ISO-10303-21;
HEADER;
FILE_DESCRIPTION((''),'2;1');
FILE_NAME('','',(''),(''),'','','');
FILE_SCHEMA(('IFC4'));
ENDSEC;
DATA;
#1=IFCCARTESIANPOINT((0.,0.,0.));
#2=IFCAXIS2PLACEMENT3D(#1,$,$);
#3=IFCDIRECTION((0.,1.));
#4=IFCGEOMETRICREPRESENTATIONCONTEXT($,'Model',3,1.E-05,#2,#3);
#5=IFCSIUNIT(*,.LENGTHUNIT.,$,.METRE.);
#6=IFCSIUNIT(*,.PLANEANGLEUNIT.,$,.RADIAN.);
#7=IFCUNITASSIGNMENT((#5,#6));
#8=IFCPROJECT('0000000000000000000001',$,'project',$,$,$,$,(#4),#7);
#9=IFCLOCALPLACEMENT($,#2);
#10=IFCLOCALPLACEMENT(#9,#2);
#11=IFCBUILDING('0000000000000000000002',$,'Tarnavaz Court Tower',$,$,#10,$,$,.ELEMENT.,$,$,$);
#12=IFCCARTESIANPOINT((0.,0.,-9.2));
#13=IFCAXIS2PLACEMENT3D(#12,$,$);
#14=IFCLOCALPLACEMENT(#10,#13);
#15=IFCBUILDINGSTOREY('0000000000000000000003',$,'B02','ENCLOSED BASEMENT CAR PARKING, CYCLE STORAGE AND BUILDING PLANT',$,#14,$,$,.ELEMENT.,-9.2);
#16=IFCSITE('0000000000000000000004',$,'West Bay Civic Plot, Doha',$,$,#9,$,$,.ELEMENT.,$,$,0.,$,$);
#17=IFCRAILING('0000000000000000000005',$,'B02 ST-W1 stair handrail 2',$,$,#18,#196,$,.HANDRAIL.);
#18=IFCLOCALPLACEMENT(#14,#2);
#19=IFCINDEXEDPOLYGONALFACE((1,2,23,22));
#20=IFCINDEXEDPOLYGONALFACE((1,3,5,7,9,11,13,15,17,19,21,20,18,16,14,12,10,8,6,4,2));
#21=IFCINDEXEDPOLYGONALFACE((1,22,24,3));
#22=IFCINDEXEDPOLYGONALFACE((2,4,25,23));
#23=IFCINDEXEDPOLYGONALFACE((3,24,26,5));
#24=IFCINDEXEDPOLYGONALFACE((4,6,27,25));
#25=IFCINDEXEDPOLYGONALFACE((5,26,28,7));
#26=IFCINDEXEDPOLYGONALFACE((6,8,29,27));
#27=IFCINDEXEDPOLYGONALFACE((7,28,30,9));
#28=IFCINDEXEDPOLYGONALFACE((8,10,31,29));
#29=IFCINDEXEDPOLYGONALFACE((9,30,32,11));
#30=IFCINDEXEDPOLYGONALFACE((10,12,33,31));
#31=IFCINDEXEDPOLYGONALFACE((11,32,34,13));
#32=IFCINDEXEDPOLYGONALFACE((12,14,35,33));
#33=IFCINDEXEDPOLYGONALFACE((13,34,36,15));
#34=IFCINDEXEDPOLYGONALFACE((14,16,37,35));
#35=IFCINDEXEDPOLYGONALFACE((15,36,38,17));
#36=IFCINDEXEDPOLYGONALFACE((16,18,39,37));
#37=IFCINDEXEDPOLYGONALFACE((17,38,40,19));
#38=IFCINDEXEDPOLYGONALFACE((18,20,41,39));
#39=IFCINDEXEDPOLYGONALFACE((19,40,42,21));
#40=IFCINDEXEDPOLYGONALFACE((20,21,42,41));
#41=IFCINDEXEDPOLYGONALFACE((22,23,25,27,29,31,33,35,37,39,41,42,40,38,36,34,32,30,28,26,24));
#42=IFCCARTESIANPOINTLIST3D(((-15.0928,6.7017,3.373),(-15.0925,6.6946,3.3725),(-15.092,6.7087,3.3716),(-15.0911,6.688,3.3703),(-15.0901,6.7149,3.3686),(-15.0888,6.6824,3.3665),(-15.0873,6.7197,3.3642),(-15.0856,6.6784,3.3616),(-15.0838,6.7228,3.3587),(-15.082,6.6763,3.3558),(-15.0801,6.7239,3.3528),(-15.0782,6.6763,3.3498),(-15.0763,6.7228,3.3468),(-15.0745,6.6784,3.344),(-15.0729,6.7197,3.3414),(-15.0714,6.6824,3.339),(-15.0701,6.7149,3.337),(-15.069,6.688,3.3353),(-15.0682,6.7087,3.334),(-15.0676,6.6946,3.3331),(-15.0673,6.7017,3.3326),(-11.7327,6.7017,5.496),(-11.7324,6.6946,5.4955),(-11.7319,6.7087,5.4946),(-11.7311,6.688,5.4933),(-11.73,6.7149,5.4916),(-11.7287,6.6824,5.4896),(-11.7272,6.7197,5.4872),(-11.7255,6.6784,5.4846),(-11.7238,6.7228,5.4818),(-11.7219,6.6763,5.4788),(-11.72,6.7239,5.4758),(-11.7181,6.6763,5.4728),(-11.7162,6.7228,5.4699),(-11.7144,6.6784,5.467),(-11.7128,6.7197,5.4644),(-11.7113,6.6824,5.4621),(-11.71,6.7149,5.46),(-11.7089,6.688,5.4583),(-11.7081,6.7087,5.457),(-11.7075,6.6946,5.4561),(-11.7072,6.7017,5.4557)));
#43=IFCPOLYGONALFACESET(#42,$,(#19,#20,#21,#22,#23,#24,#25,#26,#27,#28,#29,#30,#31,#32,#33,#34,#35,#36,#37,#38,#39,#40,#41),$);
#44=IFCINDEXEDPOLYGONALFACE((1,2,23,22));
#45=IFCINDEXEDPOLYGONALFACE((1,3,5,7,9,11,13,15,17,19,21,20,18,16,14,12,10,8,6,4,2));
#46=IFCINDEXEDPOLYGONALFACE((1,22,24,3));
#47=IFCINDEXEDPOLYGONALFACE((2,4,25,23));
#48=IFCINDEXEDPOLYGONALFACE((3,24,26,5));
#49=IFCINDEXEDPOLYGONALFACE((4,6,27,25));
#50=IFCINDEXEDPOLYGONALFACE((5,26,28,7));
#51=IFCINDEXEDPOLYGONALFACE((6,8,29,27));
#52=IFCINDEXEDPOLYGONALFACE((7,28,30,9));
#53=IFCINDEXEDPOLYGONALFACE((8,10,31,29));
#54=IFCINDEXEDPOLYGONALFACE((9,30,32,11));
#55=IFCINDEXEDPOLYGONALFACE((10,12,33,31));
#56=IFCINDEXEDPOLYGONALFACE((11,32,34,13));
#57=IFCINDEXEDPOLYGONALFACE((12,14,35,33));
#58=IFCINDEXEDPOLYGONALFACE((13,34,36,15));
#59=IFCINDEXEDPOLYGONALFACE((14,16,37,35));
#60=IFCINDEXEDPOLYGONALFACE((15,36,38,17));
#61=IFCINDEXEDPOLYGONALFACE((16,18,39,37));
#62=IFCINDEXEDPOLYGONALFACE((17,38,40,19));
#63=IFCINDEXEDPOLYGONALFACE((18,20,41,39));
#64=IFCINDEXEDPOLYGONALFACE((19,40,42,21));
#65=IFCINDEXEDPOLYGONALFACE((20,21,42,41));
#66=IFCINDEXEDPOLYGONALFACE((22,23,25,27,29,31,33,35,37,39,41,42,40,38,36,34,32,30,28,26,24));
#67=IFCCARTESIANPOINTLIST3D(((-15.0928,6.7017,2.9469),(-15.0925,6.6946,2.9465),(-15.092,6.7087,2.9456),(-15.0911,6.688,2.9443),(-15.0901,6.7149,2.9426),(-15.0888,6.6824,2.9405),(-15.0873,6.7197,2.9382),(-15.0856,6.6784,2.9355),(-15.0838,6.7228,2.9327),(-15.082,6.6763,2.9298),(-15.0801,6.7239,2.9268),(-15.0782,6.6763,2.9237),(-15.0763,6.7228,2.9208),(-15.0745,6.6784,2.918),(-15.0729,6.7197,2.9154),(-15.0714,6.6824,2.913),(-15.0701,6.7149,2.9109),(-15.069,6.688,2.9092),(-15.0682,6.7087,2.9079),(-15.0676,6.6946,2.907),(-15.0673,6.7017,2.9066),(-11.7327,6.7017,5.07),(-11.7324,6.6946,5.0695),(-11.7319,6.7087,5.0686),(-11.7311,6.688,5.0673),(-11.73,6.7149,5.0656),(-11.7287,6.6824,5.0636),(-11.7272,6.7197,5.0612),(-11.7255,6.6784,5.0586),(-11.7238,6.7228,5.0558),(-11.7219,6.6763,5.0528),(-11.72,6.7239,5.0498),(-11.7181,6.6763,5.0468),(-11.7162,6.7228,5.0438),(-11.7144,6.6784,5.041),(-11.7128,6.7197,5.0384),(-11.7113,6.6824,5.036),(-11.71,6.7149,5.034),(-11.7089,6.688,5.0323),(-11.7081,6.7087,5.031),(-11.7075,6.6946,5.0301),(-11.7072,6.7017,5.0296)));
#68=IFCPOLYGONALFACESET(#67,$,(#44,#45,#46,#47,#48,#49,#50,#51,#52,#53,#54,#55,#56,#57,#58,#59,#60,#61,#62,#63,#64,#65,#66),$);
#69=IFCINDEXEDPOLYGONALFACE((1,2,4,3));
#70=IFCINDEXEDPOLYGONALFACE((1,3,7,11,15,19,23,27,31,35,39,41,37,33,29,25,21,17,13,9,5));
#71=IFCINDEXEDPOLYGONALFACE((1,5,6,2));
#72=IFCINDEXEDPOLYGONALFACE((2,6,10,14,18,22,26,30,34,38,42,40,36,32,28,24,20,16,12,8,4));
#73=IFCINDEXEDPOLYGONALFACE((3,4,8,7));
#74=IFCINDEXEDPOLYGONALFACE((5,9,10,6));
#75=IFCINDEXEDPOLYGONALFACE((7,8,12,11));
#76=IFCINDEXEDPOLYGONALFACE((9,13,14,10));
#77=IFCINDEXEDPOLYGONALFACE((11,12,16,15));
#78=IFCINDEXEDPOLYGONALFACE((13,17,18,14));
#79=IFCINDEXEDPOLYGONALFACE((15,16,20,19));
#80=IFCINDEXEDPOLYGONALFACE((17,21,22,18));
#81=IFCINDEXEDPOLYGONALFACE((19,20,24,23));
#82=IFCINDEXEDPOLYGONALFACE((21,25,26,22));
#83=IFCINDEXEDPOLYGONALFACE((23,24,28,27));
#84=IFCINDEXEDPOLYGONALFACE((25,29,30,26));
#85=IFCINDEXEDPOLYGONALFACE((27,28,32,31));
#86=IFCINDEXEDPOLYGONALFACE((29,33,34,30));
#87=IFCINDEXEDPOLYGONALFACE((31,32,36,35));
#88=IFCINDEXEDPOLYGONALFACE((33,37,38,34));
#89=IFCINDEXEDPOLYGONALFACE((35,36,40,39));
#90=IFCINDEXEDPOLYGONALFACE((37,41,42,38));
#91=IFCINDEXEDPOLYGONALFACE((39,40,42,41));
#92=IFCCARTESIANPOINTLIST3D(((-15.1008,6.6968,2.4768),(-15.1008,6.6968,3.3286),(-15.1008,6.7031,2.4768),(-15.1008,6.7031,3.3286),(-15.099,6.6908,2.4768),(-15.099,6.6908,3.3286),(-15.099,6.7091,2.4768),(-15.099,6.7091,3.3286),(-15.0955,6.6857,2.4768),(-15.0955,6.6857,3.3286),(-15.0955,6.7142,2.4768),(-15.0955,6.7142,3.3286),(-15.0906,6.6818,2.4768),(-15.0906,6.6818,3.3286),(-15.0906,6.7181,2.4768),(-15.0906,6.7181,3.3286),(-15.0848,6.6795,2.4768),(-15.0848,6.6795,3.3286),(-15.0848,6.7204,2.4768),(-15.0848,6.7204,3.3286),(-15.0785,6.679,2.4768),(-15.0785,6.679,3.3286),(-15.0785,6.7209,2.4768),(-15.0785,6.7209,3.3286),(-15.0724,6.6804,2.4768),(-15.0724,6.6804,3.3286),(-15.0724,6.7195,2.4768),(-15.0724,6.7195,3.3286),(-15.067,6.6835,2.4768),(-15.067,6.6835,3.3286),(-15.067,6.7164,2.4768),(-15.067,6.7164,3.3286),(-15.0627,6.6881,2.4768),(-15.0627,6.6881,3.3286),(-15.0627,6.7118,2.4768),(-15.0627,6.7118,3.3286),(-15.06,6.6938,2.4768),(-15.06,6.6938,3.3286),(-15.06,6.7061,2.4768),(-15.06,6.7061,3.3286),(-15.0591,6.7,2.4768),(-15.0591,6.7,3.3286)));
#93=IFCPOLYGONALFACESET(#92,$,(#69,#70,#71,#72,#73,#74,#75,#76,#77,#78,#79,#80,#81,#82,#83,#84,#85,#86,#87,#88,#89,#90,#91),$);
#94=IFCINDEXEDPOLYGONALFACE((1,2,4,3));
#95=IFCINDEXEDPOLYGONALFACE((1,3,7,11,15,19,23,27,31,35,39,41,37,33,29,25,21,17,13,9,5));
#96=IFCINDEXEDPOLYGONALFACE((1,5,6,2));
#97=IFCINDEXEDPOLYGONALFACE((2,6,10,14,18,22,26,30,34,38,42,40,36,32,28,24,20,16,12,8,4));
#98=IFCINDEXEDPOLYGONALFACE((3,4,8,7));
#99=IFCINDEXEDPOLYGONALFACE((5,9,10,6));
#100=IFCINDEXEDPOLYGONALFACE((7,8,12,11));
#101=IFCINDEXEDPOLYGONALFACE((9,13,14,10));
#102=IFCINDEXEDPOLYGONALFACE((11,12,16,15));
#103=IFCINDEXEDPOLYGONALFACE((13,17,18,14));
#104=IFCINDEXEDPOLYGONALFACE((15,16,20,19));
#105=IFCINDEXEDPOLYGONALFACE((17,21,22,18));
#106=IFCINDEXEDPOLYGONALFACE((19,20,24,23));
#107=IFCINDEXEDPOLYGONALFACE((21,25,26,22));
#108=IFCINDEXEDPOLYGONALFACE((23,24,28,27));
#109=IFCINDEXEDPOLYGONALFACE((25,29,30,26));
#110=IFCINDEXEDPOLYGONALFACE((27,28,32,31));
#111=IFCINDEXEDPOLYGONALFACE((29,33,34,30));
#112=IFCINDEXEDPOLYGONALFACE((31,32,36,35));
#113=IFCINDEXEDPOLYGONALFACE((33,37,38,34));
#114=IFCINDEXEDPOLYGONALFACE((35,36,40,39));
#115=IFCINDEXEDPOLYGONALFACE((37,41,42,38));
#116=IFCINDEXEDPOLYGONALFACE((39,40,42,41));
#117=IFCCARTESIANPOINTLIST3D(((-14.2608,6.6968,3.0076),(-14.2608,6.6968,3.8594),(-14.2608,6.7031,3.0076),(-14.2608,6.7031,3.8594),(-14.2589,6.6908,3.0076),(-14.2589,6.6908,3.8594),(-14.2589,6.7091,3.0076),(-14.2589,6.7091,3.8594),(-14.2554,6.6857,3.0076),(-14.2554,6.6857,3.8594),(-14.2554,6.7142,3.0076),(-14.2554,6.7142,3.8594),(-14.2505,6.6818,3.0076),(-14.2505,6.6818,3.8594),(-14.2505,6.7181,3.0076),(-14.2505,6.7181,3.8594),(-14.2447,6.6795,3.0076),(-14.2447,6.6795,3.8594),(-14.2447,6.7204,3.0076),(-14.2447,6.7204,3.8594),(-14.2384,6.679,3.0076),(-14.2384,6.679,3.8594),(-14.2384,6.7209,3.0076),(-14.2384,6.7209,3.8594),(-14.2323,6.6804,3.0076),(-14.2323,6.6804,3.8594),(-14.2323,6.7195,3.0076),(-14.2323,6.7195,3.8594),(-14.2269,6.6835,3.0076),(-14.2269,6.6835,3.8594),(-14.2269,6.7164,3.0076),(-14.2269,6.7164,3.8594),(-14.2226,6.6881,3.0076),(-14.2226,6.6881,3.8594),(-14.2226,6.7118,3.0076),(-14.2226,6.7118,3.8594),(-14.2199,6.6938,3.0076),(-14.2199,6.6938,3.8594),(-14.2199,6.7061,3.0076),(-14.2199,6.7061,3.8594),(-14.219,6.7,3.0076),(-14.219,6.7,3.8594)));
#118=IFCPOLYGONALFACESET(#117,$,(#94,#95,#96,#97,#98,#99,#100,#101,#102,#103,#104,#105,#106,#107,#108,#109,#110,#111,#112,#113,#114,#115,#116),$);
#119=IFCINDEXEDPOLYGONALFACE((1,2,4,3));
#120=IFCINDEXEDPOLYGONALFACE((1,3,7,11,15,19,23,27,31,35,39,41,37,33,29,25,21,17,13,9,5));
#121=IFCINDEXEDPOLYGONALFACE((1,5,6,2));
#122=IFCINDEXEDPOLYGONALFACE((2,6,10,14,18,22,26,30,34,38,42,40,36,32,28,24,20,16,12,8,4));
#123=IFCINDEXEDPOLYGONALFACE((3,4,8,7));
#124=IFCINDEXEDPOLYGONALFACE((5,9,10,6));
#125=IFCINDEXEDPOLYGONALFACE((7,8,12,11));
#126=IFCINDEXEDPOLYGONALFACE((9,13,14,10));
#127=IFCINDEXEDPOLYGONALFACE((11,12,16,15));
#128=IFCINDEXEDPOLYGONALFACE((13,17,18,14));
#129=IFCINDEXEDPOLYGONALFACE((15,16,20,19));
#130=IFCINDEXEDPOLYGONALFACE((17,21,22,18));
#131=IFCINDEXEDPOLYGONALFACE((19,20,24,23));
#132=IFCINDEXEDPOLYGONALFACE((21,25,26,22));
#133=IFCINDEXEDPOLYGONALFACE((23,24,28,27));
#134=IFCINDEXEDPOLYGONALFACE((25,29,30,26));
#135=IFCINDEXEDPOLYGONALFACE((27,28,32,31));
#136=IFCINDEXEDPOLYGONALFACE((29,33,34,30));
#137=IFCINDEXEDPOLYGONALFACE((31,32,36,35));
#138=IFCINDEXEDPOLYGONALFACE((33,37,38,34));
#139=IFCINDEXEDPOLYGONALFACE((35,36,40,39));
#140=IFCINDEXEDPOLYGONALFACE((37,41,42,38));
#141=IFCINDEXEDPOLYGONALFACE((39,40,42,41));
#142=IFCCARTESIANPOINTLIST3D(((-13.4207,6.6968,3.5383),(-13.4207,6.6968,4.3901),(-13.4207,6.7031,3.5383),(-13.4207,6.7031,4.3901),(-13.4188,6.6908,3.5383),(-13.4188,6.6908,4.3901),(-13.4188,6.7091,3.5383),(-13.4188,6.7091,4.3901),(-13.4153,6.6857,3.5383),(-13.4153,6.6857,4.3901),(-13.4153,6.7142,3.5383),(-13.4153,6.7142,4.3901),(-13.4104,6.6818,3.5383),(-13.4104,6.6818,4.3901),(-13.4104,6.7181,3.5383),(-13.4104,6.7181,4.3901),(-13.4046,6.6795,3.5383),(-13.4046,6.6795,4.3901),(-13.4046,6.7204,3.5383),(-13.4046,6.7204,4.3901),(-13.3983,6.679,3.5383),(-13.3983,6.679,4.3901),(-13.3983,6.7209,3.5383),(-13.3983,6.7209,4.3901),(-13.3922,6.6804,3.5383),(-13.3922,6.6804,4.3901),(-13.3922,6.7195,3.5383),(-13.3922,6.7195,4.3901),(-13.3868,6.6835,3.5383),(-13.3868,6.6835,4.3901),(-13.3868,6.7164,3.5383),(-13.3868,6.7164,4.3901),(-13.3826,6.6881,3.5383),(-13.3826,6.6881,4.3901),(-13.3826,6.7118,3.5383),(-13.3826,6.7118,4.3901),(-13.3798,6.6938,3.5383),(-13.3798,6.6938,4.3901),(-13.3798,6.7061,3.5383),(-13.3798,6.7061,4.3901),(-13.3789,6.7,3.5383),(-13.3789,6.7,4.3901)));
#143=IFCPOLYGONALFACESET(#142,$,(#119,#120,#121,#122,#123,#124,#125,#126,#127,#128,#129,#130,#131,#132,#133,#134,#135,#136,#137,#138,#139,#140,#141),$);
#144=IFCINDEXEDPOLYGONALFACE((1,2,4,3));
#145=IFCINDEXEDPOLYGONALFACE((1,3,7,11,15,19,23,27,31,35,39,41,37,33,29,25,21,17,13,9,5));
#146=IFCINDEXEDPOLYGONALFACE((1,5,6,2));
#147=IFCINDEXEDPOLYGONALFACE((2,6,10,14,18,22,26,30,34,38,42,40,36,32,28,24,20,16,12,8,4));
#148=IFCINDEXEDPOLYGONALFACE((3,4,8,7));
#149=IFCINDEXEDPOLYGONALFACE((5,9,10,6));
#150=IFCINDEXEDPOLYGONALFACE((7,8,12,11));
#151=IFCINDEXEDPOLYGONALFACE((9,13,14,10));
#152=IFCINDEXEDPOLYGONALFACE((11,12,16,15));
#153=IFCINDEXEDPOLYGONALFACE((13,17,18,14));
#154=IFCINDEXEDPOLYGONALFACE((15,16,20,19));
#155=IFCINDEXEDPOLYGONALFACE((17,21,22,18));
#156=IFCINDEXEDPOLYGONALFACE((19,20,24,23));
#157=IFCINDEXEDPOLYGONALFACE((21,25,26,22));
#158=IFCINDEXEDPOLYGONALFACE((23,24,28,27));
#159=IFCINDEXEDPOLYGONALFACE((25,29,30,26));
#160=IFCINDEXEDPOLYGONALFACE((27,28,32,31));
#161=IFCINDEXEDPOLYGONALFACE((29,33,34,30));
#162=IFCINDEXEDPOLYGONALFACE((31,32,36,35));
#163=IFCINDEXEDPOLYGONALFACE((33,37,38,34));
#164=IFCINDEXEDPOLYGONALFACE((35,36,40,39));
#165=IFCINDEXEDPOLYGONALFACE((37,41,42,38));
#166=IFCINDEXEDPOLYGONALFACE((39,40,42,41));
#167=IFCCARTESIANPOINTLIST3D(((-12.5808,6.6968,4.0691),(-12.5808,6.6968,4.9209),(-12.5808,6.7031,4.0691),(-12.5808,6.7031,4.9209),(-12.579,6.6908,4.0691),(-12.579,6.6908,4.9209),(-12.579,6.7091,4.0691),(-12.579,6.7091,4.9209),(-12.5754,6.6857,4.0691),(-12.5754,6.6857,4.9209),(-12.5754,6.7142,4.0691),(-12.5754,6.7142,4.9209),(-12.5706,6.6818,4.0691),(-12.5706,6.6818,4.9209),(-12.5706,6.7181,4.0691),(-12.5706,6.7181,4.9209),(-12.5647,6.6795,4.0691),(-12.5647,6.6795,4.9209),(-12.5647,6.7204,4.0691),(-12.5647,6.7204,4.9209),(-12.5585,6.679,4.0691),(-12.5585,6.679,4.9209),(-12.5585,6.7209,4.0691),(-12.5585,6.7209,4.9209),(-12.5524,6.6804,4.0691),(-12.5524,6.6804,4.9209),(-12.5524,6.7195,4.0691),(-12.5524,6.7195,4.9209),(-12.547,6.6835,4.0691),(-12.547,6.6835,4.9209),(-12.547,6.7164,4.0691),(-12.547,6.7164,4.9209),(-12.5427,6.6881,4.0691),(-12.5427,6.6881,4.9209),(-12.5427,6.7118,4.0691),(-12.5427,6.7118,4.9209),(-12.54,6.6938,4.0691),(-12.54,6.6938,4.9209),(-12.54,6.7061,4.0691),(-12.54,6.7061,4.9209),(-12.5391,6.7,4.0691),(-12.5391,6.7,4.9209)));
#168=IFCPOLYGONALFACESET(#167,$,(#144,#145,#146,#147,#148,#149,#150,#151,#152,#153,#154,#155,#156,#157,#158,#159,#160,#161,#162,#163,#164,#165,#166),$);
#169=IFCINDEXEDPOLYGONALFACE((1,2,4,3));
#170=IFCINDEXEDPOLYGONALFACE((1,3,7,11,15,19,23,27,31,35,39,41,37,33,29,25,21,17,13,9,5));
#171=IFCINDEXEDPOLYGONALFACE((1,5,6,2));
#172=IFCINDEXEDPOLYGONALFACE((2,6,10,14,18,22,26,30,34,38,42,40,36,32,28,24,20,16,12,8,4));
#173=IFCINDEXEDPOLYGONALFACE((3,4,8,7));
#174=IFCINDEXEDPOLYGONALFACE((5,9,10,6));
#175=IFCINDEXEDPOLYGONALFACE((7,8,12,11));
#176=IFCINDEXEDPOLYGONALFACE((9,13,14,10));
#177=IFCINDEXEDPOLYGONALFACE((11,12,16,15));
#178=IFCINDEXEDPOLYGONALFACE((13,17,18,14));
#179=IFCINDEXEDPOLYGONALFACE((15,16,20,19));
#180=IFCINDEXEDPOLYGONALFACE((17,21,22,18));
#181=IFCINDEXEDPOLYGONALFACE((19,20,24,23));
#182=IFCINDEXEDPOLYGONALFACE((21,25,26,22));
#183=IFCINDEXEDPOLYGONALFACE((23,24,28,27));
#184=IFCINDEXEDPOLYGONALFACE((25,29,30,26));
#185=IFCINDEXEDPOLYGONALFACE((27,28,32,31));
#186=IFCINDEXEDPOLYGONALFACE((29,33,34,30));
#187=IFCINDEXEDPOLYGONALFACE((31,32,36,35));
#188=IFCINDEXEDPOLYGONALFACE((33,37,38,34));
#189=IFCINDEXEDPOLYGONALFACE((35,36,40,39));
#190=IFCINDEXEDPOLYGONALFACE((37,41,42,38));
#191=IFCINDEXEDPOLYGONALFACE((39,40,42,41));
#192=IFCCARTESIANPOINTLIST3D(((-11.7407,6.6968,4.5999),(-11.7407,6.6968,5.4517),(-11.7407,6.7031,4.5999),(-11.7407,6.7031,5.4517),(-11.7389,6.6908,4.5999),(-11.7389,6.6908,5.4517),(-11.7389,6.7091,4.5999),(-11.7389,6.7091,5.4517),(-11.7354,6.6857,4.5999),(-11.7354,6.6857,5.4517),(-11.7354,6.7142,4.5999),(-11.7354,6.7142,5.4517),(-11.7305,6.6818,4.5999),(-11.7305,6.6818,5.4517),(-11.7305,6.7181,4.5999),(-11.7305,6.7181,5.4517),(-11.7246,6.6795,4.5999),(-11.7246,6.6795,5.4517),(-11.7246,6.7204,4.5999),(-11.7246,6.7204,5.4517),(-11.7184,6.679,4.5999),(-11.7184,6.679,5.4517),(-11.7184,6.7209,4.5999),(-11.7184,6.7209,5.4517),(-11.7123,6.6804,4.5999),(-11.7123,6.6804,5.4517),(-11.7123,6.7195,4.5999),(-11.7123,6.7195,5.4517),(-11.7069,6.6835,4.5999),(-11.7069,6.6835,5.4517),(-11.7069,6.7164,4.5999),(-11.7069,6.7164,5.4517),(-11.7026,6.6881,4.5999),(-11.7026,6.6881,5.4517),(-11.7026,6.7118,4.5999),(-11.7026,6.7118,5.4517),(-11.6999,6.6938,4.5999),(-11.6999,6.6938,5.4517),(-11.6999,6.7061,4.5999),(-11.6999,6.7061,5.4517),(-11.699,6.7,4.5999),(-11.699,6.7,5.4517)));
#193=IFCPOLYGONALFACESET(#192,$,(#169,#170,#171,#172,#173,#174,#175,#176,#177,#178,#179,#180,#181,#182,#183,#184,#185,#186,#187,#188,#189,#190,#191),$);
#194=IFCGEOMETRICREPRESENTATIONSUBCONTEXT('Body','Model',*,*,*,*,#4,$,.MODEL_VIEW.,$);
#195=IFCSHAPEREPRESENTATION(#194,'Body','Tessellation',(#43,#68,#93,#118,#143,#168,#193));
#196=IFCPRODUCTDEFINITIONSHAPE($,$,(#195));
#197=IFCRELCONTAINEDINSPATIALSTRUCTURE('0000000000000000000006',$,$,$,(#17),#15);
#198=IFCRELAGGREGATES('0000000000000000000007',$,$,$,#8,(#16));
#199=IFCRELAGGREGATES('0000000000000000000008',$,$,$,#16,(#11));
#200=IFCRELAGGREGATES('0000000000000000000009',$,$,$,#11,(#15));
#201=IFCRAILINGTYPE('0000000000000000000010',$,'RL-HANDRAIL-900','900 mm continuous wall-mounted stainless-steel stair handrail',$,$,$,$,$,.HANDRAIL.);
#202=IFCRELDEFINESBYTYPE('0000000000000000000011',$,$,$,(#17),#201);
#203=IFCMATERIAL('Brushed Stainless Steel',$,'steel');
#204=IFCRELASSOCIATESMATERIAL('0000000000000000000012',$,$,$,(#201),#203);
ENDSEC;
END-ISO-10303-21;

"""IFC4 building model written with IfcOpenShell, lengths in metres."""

from ifc_helpers import new_model, si_unit, direction, frame, origin, origin_2d, place, context, subcontext, project, spatial, circle, extrude, material, type_object, element, save


model = new_model("IFC4")

# Units and contexts
model_context = context("Model", 3, precision=1e-05, world=origin(), true_north=direction((0.0, 1.0)))
body_context = subcontext(model_context, "Body", "Model", "MODEL_VIEW")
ifc_project = project(units=[si_unit("LENGTHUNIT", "METRE"), si_unit("PLANEANGLEUNIT", "RADIAN")], contexts=[model_context])

# Site, building, storey
site_placement = place(None, origin())
site = spatial("IfcSite", under=ifc_project, at=site_placement, Name="West Bay Civic Plot, Doha", CompositionType="ELEMENT", RefElevation=0.0)
building_placement = place(site_placement, origin())
building = spatial("IfcBuilding", under=site, at=building_placement, Name="Tarnavaz Court Tower", CompositionType="ELEMENT")
storey_placement = place(building_placement, frame((0.0, 0.0, -9.2)))
storey = spatial("IfcBuildingStorey", under=building, at=storey_placement, Name="B02", Description="ENCLOSED BASEMENT CAR PARKING, CYCLE STORAGE AND BUILDING PLANT", CompositionType="ELEMENT", Elevation=-9.2)

# Railing
ifc_material_1 = material(Name="Brushed Stainless Steel", Category="steel")
railing_type_1 = type_object("IfcRailingType", Name="RL-HANDRAIL-900", Description="900 mm continuous wall-mounted stainless-steel stair handrail", PredefinedType="HANDRAIL", material=ifc_material_1)
railing_1_placement = place(storey_placement, frame((-15.0801, 6.7, 2.4768)))
element("IfcRailing", 1, at=railing_1_placement, inside=storey, type_object=railing_type_1, Name="B02 ST-W1 stair handrail 2", PredefinedType="HANDRAIL", context=body_context, shape_type="SweptSolid", body=[
    extrude(circle(Radius=0.0239, at=origin_2d()), frame((0.0, 0.0, 0.876), z_axis=(0.84539, 0.0, 0.53415), x_axis=(0.0, 1.0, 0.0)), (0.0, 0.0, 1.0), 3.9746),
    extrude(circle(Radius=0.0239, at=origin_2d()), frame((0.0, 0.0, 0.45), z_axis=(0.84539, 0.0, 0.53415), x_axis=(0.0, 1.0, 0.0)), (0.0, 0.0, 1.0), 3.9746),
    extrude(circle(Radius=0.021, at=origin_2d()), origin(), (0.0, 0.0, 1.0), 0.8518),
    extrude(circle(Radius=0.021, at=origin_2d()), frame((0.8401, 0.0, 0.5308)), (0.0, 0.0, 1.0), 0.8518),
    extrude(circle(Radius=0.021, at=origin_2d()), frame((1.6802, 0.0, 1.0615)), (0.0, 0.0, 1.0), 0.8518),
    extrude(circle(Radius=0.021, at=origin_2d()), frame((2.52, 0.0, 1.5923)), (0.0, 0.0, 1.0), 0.8518),
    extrude(circle(Radius=0.021, at=origin_2d()), frame((3.3601, 0.0, 2.123)), (0.0, 0.0, 1.0), 0.8518),
])

save(model, "model.ifc")
